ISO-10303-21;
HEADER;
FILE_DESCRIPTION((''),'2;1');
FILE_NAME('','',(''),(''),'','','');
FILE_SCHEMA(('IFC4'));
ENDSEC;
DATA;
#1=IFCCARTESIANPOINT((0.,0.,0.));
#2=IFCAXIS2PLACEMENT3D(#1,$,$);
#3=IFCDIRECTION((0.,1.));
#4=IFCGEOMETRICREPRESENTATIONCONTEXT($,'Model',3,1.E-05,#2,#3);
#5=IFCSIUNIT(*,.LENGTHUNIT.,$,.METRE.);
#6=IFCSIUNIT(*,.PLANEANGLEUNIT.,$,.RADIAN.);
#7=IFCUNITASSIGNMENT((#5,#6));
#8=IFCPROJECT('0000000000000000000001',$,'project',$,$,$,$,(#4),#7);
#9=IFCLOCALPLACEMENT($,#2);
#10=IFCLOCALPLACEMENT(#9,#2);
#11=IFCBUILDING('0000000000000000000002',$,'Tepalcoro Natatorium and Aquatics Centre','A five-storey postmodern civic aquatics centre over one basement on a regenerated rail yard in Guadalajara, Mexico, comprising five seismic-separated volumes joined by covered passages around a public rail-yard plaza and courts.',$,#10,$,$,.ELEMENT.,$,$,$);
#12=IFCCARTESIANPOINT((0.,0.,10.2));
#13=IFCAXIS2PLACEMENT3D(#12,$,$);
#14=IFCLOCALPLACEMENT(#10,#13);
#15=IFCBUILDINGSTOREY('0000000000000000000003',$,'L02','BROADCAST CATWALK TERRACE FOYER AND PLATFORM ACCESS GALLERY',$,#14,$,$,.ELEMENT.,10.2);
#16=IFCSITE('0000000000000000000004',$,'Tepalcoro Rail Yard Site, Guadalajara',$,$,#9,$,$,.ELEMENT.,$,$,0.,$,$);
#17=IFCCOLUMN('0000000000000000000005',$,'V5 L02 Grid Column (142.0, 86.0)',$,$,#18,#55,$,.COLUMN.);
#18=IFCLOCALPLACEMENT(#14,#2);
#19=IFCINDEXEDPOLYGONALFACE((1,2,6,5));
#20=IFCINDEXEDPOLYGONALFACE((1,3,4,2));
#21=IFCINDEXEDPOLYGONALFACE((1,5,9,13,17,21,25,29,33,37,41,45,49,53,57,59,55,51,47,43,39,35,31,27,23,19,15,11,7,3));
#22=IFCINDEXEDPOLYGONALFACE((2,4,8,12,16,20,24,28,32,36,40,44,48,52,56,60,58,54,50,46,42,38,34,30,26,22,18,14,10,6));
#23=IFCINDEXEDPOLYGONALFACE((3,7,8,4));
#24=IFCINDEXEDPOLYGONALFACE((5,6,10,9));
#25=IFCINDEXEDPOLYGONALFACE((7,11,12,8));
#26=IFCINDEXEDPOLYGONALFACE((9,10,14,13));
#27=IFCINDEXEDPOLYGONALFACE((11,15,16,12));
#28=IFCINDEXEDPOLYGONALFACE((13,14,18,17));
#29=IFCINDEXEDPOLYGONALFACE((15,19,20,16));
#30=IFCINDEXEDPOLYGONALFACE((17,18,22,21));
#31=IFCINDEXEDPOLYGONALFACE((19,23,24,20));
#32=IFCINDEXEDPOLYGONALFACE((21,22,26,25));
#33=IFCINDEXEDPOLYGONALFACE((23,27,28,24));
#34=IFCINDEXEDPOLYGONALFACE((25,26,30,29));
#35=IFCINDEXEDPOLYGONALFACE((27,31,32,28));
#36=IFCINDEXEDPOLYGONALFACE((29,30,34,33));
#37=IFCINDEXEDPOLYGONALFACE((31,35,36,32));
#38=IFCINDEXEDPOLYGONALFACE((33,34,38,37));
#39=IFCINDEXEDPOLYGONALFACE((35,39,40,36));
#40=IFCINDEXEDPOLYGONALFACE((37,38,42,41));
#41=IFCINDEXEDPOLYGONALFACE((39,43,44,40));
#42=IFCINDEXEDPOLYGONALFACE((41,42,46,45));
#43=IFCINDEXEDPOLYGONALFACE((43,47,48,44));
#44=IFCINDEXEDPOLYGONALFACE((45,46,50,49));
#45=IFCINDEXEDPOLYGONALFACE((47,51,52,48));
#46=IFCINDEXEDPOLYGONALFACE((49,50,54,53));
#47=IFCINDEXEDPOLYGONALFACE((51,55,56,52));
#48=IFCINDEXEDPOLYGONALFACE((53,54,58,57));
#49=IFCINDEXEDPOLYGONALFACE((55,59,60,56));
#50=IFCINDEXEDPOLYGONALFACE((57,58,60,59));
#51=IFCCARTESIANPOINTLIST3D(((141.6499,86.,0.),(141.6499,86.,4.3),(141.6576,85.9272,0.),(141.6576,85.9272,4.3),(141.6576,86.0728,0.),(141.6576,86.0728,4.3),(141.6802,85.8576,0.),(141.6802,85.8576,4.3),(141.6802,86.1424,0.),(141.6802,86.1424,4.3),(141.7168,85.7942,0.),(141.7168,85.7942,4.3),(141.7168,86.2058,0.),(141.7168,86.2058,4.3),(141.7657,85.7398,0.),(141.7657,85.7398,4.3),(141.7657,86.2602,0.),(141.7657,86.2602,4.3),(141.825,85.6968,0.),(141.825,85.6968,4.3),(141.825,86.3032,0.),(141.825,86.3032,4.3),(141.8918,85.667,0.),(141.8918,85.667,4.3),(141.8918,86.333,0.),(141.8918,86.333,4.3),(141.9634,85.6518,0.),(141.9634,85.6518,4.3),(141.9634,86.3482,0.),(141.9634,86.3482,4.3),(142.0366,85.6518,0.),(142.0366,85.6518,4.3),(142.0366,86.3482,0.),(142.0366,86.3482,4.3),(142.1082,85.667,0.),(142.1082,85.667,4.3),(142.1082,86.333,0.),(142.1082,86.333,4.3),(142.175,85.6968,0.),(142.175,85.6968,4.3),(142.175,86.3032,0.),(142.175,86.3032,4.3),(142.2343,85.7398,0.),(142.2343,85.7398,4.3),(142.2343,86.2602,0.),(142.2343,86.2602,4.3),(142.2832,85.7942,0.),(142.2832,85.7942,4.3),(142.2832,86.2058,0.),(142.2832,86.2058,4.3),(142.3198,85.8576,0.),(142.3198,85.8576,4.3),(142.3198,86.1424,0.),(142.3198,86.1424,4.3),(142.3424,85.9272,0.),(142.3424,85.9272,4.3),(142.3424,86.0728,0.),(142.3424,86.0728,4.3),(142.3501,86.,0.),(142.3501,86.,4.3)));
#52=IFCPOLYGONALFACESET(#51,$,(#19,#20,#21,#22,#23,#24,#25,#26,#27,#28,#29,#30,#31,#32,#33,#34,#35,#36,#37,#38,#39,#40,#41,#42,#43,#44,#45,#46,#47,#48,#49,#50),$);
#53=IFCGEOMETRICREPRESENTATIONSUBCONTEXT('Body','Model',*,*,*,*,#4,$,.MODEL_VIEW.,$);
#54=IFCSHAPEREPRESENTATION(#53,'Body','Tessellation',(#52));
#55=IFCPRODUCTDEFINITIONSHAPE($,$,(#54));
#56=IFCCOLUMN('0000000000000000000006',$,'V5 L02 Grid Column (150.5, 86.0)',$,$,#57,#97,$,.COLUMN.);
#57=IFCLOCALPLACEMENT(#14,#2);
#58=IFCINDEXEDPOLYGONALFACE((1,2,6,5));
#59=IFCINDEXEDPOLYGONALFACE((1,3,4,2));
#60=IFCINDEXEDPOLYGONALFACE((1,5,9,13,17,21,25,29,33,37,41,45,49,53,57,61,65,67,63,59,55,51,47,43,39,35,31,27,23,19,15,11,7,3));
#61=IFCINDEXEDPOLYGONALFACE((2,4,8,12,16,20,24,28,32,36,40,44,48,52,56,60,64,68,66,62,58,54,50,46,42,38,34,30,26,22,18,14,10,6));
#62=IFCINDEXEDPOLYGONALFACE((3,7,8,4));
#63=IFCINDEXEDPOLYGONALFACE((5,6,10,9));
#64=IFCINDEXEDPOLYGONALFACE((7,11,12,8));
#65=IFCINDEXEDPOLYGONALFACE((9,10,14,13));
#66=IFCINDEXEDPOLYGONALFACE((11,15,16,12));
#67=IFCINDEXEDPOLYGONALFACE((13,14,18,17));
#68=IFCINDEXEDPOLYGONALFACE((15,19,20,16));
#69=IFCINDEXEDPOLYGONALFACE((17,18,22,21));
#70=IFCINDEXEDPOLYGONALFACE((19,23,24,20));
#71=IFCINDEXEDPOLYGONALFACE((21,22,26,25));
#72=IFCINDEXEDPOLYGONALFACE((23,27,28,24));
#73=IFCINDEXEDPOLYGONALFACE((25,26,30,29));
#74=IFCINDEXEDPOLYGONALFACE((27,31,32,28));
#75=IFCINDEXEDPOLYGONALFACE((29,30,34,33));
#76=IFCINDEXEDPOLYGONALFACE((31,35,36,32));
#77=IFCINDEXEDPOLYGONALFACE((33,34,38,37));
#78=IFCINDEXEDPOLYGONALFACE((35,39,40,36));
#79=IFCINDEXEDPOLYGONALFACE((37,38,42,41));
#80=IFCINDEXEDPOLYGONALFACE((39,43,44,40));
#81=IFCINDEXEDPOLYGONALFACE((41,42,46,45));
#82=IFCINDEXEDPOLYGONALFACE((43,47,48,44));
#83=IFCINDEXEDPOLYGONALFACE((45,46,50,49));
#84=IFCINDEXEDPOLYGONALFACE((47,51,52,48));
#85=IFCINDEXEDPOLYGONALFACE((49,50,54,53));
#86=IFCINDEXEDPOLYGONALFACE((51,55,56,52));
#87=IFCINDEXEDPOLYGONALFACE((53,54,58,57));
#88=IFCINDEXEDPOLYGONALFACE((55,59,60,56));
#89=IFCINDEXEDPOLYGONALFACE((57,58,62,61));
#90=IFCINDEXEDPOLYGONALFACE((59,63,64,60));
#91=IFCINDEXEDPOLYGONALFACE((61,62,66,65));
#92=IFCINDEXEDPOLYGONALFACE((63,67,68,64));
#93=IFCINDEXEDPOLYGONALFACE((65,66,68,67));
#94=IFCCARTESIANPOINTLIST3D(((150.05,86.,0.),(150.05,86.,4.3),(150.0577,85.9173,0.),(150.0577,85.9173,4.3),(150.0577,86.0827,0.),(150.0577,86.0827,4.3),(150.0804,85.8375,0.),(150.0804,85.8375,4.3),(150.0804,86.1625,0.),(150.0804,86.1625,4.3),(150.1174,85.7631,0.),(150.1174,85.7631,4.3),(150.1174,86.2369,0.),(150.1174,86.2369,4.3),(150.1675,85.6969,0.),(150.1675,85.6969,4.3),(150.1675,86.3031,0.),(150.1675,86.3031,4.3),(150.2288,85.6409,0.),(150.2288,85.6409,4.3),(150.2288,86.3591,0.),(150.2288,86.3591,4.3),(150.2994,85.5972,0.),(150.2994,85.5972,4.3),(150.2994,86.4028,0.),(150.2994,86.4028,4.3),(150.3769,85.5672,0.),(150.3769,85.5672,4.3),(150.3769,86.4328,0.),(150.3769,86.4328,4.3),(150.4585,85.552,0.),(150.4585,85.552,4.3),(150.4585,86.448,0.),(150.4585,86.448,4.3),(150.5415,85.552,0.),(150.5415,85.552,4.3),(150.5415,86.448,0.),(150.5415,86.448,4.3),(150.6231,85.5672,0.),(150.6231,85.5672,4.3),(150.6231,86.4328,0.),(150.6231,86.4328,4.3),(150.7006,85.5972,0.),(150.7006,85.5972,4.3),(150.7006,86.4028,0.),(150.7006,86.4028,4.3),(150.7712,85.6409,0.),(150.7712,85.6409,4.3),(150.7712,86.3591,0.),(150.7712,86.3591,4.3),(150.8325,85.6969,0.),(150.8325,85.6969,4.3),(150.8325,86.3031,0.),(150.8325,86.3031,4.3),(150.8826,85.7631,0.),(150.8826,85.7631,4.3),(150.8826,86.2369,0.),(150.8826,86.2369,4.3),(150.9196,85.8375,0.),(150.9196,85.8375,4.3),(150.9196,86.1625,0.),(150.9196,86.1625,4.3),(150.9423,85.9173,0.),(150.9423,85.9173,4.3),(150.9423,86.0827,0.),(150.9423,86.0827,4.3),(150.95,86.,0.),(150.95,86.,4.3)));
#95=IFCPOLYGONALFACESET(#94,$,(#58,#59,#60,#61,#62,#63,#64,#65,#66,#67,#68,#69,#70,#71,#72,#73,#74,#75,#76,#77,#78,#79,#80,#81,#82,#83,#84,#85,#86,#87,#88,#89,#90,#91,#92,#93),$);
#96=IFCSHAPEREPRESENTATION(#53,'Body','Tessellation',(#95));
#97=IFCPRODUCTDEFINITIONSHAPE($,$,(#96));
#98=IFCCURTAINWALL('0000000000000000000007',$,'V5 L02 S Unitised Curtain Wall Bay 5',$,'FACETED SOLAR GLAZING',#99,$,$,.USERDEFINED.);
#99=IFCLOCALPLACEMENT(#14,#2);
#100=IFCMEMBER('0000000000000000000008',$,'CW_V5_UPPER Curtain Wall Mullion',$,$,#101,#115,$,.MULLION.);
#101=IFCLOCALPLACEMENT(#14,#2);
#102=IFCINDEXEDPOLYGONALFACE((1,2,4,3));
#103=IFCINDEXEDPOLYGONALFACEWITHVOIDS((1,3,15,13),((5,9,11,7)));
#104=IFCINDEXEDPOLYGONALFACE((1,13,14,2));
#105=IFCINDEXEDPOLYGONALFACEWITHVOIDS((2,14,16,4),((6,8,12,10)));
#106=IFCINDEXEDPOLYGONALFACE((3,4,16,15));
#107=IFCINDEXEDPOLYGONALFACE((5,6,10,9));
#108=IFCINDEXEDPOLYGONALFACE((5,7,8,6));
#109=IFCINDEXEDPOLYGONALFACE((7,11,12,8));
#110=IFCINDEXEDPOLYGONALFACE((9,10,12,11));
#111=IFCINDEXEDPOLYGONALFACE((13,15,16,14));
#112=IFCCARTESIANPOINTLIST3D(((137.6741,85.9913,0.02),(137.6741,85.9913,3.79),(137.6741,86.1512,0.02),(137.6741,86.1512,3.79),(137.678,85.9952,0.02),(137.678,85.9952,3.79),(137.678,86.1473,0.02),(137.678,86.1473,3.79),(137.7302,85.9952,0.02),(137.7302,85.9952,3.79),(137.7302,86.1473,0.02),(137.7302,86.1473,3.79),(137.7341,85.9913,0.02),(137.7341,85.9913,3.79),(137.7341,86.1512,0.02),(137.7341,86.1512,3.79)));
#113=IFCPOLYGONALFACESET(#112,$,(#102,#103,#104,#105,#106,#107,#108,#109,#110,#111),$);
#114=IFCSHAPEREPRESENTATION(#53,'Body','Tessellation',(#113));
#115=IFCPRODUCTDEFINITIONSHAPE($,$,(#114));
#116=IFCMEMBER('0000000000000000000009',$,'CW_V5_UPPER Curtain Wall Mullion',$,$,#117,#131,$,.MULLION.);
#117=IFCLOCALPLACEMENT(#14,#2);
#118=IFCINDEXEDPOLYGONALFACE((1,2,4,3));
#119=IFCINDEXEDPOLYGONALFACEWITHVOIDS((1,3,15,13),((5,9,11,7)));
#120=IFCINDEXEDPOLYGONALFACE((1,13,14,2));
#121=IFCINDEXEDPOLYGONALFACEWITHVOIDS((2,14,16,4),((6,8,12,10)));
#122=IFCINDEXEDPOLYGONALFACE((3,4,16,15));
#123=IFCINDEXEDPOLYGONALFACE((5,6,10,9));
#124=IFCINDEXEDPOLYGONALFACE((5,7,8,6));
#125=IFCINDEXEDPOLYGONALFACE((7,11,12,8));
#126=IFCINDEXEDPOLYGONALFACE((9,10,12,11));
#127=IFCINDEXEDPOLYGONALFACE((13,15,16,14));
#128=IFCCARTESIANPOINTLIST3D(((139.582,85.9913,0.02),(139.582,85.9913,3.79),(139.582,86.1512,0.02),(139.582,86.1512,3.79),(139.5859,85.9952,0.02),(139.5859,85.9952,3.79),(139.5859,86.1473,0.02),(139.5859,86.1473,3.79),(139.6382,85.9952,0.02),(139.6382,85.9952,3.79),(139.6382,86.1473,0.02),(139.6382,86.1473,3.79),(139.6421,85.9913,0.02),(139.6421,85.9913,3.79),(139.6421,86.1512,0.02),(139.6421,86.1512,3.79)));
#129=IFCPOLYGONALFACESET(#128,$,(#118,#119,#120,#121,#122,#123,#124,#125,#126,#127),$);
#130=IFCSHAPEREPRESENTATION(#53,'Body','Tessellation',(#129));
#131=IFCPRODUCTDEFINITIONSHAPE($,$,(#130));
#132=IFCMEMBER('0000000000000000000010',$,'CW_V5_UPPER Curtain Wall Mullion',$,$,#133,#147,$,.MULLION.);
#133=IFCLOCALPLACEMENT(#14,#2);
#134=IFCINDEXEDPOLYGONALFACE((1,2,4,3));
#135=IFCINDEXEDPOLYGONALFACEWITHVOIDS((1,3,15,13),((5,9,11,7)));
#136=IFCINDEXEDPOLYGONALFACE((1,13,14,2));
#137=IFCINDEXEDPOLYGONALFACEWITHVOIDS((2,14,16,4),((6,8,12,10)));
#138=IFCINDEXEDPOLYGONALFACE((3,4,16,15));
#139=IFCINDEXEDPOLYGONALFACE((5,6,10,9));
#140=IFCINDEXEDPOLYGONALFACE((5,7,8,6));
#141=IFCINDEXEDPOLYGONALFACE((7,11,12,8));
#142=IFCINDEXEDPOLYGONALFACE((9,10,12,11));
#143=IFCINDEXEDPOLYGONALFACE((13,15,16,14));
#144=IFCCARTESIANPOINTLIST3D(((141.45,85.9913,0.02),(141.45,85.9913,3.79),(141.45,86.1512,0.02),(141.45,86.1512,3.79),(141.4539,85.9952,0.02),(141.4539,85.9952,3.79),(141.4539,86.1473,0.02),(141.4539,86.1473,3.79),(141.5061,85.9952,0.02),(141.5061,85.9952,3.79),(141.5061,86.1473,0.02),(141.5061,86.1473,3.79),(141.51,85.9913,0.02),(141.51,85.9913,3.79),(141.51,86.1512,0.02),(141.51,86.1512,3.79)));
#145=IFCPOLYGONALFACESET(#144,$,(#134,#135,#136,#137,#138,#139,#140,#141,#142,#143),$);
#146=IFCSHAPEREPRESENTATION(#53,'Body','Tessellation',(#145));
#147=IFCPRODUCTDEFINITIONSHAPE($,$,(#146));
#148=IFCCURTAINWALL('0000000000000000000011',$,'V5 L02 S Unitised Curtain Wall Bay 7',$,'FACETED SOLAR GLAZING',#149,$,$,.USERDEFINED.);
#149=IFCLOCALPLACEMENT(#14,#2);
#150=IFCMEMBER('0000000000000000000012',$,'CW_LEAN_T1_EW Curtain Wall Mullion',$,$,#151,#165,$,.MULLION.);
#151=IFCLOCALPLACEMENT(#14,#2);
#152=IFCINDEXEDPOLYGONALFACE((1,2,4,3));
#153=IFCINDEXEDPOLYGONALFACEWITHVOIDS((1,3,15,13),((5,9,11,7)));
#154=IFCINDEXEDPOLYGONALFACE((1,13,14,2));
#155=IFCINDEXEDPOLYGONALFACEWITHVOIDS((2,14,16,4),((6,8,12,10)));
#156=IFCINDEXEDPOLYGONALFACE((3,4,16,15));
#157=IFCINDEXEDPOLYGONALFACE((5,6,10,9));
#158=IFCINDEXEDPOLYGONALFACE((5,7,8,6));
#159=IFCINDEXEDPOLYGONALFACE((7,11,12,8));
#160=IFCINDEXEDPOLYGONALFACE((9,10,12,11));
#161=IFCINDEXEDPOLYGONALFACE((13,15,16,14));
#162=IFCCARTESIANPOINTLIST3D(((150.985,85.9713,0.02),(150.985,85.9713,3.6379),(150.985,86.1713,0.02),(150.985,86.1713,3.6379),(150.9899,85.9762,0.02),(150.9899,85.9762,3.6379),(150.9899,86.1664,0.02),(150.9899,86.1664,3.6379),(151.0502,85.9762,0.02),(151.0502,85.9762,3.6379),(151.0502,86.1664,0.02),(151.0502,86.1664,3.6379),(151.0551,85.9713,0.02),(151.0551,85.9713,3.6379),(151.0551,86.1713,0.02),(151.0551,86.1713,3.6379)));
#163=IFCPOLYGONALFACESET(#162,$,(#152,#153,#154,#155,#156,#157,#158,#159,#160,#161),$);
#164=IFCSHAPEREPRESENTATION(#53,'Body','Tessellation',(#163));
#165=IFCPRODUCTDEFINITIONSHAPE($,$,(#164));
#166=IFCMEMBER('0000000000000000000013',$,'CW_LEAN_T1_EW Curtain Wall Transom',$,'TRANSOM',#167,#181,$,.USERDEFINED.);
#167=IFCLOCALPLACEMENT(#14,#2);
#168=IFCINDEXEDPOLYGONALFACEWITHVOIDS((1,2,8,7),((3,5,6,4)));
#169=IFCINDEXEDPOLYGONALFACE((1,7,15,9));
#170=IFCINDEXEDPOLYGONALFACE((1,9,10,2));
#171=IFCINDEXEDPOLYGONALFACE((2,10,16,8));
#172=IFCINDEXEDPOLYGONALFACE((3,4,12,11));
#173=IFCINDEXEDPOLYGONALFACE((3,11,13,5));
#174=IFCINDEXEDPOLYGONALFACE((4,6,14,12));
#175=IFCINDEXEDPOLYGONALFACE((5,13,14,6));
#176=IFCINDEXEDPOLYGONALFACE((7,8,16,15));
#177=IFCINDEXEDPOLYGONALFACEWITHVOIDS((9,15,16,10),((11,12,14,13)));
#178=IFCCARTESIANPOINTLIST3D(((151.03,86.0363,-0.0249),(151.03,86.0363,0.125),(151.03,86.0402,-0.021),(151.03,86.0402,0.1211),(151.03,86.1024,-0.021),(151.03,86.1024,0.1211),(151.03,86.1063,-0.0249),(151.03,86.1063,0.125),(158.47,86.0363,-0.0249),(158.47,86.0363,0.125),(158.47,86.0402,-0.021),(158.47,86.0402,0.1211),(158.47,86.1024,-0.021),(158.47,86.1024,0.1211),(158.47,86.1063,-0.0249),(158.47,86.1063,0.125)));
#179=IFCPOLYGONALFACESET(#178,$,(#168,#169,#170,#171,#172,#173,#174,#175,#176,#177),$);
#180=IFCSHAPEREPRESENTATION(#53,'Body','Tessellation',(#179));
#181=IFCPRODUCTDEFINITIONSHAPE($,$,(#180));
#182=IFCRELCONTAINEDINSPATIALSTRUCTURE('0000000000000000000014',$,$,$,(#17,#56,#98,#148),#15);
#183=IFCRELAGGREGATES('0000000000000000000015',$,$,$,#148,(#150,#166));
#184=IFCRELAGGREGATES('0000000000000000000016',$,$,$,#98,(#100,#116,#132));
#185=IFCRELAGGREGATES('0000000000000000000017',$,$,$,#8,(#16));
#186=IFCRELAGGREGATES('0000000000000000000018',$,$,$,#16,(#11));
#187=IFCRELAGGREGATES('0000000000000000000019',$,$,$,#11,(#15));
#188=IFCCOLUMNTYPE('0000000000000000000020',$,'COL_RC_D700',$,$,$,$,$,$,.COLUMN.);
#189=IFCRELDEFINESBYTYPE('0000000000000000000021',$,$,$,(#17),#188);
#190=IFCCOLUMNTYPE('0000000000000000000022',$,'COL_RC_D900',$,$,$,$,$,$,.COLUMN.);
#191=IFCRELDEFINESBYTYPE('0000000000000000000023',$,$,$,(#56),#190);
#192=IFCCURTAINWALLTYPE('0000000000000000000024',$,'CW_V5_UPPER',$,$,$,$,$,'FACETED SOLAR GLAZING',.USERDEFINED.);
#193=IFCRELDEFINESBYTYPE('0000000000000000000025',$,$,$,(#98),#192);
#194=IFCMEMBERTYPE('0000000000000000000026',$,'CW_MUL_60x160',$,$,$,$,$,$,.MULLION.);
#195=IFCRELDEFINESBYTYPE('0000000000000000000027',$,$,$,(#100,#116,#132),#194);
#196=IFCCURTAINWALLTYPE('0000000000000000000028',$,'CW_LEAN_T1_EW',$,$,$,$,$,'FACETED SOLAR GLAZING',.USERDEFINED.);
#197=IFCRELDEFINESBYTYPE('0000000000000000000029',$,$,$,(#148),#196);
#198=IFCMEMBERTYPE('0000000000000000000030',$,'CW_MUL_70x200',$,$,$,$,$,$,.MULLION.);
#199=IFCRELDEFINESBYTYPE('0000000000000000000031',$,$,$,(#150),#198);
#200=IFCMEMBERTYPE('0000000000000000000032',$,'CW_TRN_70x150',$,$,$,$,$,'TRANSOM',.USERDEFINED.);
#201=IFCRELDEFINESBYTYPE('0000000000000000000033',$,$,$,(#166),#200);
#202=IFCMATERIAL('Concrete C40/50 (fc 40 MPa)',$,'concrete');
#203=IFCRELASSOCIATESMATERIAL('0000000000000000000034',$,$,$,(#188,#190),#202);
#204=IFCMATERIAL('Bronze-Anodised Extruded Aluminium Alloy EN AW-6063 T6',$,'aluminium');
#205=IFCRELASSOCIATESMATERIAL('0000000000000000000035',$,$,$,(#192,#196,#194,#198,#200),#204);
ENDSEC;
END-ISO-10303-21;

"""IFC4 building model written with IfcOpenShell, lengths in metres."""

from ifc_helpers import new_model, si_unit, direction, frame, origin, origin_2d, place, context, subcontext, project, spatial, hollow_rectangle, circle, extrude, material, material_profile, profile_set, type_object, element, aggregate, save


model = new_model("IFC4")

# Units and contexts
model_context = context("Model", 3, precision=1e-05, world=origin(), true_north=direction((0.0, 1.0)))
body_context = subcontext(model_context, "Body", "Model", "MODEL_VIEW")
ifc_project = project(units=[si_unit("LENGTHUNIT", "METRE"), si_unit("PLANEANGLEUNIT", "RADIAN")], contexts=[model_context])

# Site, building, storey
site_placement = place(None, origin())
site = spatial("IfcSite", under=ifc_project, at=site_placement, Name="Tepalcoro Rail Yard Site, Guadalajara", CompositionType="ELEMENT", RefElevation=0.0)
building_placement = place(site_placement, origin())
building = spatial("IfcBuilding", under=site, at=building_placement, Name="Tepalcoro Natatorium and Aquatics Centre", Description="A five-storey postmodern civic aquatics centre over one basement on a regenerated rail yard in Guadalajara, Mexico, comprising five seismic-separated volumes joined by covered passages around a public rail-yard plaza and courts.", CompositionType="ELEMENT")
storey_placement = place(building_placement, frame((0.0, 0.0, 10.2)))
storey = spatial("IfcBuildingStorey", under=building, at=storey_placement, Name="L02", Description="BROADCAST CATWALK TERRACE FOYER AND PLATFORM ACCESS GALLERY", CompositionType="ELEMENT", Elevation=10.2)

# Columns
ifc_material_1 = material(Name="Concrete C40/50 (fc 40 MPa)", Category="concrete")
ifc_material_profile_1 = material_profile(ifc_material_1, circle(Radius=0.3501, at=origin_2d()), Name="RCD700")
ifc_profile_set_1 = profile_set([ifc_material_profile_1], Name="Concrete C40/50 (fc 40 MPa)")
column_type_1 = type_object("IfcColumnType", Name="COL_RC_D700", PredefinedType="COLUMN", material=ifc_profile_set_1)
column_1_placement = place(storey_placement, frame((142.0, 86.0, 0.0), z_axis=(0.0, 0.0, 1.0), x_axis=(1.0, 0.0, 0.0)))
element("IfcColumn", 1, at=column_1_placement, inside=storey, type_object=column_type_1, Name="V5 L02 Grid Column (142.0, 86.0)", PredefinedType="COLUMN", context=body_context, shape_type="SweptSolid", body=[
    extrude(circle(Radius=0.3501, at=origin_2d()), origin(), (0.0, 0.0, 1.0), 4.3),
])
ifc_material_profile_2 = material_profile(ifc_material_1, circle(Radius=0.45, at=origin_2d()), Name="RCD900")
ifc_profile_set_2 = profile_set([ifc_material_profile_2], Name="Concrete C40/50 (fc 40 MPa)")
column_type_2 = type_object("IfcColumnType", Name="COL_RC_D900", PredefinedType="COLUMN", material=ifc_profile_set_2)
column_2_placement = place(storey_placement, frame((150.5, 86.0, 0.0), z_axis=(0.0, 0.0, 1.0), x_axis=(1.0, 0.0, 0.0)))
element("IfcColumn", 2, at=column_2_placement, inside=storey, type_object=column_type_2, Name="V5 L02 Grid Column (150.5, 86.0)", PredefinedType="COLUMN", context=body_context, shape_type="SweptSolid", body=[
    extrude(circle(Radius=0.45, at=origin_2d()), origin(), (0.0, 0.0, 1.0), 4.3),
])

# Curtain walls, members
ifc_material_2 = material(Name="Bronze-Anodised Extruded Aluminium Alloy EN AW-6063 T6", Category="aluminium")
curtain_wall_type_1 = type_object("IfcCurtainWallType", Name="CW_V5_UPPER", ElementType="FACETED SOLAR GLAZING", PredefinedType="USERDEFINED", material=ifc_material_2)
curtain_wall_1_placement = place(storey_placement, origin())
curtain_wall_1 = element("IfcCurtainWall", 3, at=curtain_wall_1_placement, inside=storey, type_object=curtain_wall_type_1, Name="V5 L02 S Unitised Curtain Wall Bay 5", ObjectType="FACETED SOLAR GLAZING", PredefinedType="USERDEFINED")
ifc_material_profile_3 = material_profile(ifc_material_2, hollow_rectangle(XDim=0.0601, YDim=0.1599, WallThickness=0.0039, at=origin_2d()), Name="AL60X160X4")
ifc_profile_set_3 = profile_set([ifc_material_profile_3], Name="Bronze-Anodised Extruded Aluminium Alloy EN AW-6063 T6")
member_type_1 = type_object("IfcMemberType", Name="CW_MUL_60x160", PredefinedType="MULLION", material=ifc_profile_set_3)
member_1_placement = place(storey_placement, frame((137.7041, 86.0713, 0.02), z_axis=(0.0, 0.0, 1.0), x_axis=(1.0, 0.0, 0.0)))
member_1 = element("IfcMember", 4, at=member_1_placement, type_object=member_type_1, Name="CW_V5_UPPER Curtain Wall Mullion", PredefinedType="MULLION", context=body_context, shape_type="SweptSolid", body=[
    extrude(hollow_rectangle(XDim=0.0601, YDim=0.1599, WallThickness=0.0039, at=origin_2d()), origin(), (0.0, 0.0, 1.0), 3.77),
])
member_2_placement = place(storey_placement, frame((139.6121, 86.0713, 0.02), z_axis=(0.0, 0.0, 1.0), x_axis=(1.0, 0.0, 0.0)))
member_2 = element("IfcMember", 5, at=member_2_placement, type_object=member_type_1, Name="CW_V5_UPPER Curtain Wall Mullion", PredefinedType="MULLION", context=body_context, shape_type="SweptSolid", body=[
    extrude(hollow_rectangle(XDim=0.0601, YDim=0.1599, WallThickness=0.0039, at=origin_2d()), origin(), (0.0, 0.0, 1.0), 3.77),
])
member_3_placement = place(storey_placement, frame((141.48, 86.0713, 0.02), z_axis=(0.0, 0.0, 1.0), x_axis=(1.0, 0.0, 0.0)))
member_3 = element("IfcMember", 6, at=member_3_placement, type_object=member_type_1, Name="CW_V5_UPPER Curtain Wall Mullion", PredefinedType="MULLION", context=body_context, shape_type="SweptSolid", body=[
    extrude(hollow_rectangle(XDim=0.0601, YDim=0.1599, WallThickness=0.0039, at=origin_2d()), origin(), (0.0, 0.0, 1.0), 3.77),
])
curtain_wall_type_2 = type_object("IfcCurtainWallType", Name="CW_LEAN_T1_EW", ElementType="FACETED SOLAR GLAZING", PredefinedType="USERDEFINED", material=ifc_material_2)
curtain_wall_2_placement = place(storey_placement, origin())
curtain_wall_2 = element("IfcCurtainWall", 7, at=curtain_wall_2_placement, inside=storey, type_object=curtain_wall_type_2, Name="V5 L02 S Unitised Curtain Wall Bay 7", ObjectType="FACETED SOLAR GLAZING", PredefinedType="USERDEFINED")
ifc_material_profile_4 = material_profile(ifc_material_2, hollow_rectangle(XDim=0.0701, YDim=0.2, WallThickness=0.0049, at=origin_2d()), Name="AL70X200X5")
ifc_profile_set_4 = profile_set([ifc_material_profile_4], Name="Bronze-Anodised Extruded Aluminium Alloy EN AW-6063 T6")
member_type_2 = type_object("IfcMemberType", Name="CW_MUL_70x200", PredefinedType="MULLION", material=ifc_profile_set_4)
member_4_placement = place(storey_placement, frame((151.02, 86.0713, 0.02), z_axis=(0.0, 0.0, 1.0), x_axis=(1.0, 0.0, 0.0)))
member_4 = element("IfcMember", 8, at=member_4_placement, type_object=member_type_2, Name="CW_LEAN_T1_EW Curtain Wall Mullion", PredefinedType="MULLION", context=body_context, shape_type="SweptSolid", body=[
    extrude(hollow_rectangle(XDim=0.0701, YDim=0.2, WallThickness=0.0049, at=origin_2d()), origin(), (0.0, 0.0, 1.0), 3.6179),
])
ifc_material_profile_5 = material_profile(ifc_material_2, hollow_rectangle(XDim=0.0701, YDim=0.1499, WallThickness=0.0039, at=origin_2d()), Name="AL70X150X4")
ifc_profile_set_5 = profile_set([ifc_material_profile_5], Name="Bronze-Anodised Extruded Aluminium Alloy EN AW-6063 T6")
member_type_3 = type_object("IfcMemberType", Name="CW_TRN_70x150", ElementType="TRANSOM", PredefinedType="USERDEFINED", material=ifc_profile_set_5)
member_5_placement = place(storey_placement, frame((151.03, 86.0713, 0.05), z_axis=(1.0, 0.0, 0.0), x_axis=(0.0, 1.0, 0.0)))
member_5 = element("IfcMember", 9, at=member_5_placement, type_object=member_type_3, Name="CW_LEAN_T1_EW Curtain Wall Transom", ObjectType="TRANSOM", PredefinedType="USERDEFINED", context=body_context, shape_type="SweptSolid", body=[
    extrude(hollow_rectangle(XDim=0.0701, YDim=0.1499, WallThickness=0.0039, at=origin_2d()), origin(), (0.0, 0.0, 1.0), 7.4399),
])
aggregate(curtain_wall_2, [member_4, member_5])

aggregate(curtain_wall_1, [member_1, member_2, member_3])

save(model, "model.ifc")
